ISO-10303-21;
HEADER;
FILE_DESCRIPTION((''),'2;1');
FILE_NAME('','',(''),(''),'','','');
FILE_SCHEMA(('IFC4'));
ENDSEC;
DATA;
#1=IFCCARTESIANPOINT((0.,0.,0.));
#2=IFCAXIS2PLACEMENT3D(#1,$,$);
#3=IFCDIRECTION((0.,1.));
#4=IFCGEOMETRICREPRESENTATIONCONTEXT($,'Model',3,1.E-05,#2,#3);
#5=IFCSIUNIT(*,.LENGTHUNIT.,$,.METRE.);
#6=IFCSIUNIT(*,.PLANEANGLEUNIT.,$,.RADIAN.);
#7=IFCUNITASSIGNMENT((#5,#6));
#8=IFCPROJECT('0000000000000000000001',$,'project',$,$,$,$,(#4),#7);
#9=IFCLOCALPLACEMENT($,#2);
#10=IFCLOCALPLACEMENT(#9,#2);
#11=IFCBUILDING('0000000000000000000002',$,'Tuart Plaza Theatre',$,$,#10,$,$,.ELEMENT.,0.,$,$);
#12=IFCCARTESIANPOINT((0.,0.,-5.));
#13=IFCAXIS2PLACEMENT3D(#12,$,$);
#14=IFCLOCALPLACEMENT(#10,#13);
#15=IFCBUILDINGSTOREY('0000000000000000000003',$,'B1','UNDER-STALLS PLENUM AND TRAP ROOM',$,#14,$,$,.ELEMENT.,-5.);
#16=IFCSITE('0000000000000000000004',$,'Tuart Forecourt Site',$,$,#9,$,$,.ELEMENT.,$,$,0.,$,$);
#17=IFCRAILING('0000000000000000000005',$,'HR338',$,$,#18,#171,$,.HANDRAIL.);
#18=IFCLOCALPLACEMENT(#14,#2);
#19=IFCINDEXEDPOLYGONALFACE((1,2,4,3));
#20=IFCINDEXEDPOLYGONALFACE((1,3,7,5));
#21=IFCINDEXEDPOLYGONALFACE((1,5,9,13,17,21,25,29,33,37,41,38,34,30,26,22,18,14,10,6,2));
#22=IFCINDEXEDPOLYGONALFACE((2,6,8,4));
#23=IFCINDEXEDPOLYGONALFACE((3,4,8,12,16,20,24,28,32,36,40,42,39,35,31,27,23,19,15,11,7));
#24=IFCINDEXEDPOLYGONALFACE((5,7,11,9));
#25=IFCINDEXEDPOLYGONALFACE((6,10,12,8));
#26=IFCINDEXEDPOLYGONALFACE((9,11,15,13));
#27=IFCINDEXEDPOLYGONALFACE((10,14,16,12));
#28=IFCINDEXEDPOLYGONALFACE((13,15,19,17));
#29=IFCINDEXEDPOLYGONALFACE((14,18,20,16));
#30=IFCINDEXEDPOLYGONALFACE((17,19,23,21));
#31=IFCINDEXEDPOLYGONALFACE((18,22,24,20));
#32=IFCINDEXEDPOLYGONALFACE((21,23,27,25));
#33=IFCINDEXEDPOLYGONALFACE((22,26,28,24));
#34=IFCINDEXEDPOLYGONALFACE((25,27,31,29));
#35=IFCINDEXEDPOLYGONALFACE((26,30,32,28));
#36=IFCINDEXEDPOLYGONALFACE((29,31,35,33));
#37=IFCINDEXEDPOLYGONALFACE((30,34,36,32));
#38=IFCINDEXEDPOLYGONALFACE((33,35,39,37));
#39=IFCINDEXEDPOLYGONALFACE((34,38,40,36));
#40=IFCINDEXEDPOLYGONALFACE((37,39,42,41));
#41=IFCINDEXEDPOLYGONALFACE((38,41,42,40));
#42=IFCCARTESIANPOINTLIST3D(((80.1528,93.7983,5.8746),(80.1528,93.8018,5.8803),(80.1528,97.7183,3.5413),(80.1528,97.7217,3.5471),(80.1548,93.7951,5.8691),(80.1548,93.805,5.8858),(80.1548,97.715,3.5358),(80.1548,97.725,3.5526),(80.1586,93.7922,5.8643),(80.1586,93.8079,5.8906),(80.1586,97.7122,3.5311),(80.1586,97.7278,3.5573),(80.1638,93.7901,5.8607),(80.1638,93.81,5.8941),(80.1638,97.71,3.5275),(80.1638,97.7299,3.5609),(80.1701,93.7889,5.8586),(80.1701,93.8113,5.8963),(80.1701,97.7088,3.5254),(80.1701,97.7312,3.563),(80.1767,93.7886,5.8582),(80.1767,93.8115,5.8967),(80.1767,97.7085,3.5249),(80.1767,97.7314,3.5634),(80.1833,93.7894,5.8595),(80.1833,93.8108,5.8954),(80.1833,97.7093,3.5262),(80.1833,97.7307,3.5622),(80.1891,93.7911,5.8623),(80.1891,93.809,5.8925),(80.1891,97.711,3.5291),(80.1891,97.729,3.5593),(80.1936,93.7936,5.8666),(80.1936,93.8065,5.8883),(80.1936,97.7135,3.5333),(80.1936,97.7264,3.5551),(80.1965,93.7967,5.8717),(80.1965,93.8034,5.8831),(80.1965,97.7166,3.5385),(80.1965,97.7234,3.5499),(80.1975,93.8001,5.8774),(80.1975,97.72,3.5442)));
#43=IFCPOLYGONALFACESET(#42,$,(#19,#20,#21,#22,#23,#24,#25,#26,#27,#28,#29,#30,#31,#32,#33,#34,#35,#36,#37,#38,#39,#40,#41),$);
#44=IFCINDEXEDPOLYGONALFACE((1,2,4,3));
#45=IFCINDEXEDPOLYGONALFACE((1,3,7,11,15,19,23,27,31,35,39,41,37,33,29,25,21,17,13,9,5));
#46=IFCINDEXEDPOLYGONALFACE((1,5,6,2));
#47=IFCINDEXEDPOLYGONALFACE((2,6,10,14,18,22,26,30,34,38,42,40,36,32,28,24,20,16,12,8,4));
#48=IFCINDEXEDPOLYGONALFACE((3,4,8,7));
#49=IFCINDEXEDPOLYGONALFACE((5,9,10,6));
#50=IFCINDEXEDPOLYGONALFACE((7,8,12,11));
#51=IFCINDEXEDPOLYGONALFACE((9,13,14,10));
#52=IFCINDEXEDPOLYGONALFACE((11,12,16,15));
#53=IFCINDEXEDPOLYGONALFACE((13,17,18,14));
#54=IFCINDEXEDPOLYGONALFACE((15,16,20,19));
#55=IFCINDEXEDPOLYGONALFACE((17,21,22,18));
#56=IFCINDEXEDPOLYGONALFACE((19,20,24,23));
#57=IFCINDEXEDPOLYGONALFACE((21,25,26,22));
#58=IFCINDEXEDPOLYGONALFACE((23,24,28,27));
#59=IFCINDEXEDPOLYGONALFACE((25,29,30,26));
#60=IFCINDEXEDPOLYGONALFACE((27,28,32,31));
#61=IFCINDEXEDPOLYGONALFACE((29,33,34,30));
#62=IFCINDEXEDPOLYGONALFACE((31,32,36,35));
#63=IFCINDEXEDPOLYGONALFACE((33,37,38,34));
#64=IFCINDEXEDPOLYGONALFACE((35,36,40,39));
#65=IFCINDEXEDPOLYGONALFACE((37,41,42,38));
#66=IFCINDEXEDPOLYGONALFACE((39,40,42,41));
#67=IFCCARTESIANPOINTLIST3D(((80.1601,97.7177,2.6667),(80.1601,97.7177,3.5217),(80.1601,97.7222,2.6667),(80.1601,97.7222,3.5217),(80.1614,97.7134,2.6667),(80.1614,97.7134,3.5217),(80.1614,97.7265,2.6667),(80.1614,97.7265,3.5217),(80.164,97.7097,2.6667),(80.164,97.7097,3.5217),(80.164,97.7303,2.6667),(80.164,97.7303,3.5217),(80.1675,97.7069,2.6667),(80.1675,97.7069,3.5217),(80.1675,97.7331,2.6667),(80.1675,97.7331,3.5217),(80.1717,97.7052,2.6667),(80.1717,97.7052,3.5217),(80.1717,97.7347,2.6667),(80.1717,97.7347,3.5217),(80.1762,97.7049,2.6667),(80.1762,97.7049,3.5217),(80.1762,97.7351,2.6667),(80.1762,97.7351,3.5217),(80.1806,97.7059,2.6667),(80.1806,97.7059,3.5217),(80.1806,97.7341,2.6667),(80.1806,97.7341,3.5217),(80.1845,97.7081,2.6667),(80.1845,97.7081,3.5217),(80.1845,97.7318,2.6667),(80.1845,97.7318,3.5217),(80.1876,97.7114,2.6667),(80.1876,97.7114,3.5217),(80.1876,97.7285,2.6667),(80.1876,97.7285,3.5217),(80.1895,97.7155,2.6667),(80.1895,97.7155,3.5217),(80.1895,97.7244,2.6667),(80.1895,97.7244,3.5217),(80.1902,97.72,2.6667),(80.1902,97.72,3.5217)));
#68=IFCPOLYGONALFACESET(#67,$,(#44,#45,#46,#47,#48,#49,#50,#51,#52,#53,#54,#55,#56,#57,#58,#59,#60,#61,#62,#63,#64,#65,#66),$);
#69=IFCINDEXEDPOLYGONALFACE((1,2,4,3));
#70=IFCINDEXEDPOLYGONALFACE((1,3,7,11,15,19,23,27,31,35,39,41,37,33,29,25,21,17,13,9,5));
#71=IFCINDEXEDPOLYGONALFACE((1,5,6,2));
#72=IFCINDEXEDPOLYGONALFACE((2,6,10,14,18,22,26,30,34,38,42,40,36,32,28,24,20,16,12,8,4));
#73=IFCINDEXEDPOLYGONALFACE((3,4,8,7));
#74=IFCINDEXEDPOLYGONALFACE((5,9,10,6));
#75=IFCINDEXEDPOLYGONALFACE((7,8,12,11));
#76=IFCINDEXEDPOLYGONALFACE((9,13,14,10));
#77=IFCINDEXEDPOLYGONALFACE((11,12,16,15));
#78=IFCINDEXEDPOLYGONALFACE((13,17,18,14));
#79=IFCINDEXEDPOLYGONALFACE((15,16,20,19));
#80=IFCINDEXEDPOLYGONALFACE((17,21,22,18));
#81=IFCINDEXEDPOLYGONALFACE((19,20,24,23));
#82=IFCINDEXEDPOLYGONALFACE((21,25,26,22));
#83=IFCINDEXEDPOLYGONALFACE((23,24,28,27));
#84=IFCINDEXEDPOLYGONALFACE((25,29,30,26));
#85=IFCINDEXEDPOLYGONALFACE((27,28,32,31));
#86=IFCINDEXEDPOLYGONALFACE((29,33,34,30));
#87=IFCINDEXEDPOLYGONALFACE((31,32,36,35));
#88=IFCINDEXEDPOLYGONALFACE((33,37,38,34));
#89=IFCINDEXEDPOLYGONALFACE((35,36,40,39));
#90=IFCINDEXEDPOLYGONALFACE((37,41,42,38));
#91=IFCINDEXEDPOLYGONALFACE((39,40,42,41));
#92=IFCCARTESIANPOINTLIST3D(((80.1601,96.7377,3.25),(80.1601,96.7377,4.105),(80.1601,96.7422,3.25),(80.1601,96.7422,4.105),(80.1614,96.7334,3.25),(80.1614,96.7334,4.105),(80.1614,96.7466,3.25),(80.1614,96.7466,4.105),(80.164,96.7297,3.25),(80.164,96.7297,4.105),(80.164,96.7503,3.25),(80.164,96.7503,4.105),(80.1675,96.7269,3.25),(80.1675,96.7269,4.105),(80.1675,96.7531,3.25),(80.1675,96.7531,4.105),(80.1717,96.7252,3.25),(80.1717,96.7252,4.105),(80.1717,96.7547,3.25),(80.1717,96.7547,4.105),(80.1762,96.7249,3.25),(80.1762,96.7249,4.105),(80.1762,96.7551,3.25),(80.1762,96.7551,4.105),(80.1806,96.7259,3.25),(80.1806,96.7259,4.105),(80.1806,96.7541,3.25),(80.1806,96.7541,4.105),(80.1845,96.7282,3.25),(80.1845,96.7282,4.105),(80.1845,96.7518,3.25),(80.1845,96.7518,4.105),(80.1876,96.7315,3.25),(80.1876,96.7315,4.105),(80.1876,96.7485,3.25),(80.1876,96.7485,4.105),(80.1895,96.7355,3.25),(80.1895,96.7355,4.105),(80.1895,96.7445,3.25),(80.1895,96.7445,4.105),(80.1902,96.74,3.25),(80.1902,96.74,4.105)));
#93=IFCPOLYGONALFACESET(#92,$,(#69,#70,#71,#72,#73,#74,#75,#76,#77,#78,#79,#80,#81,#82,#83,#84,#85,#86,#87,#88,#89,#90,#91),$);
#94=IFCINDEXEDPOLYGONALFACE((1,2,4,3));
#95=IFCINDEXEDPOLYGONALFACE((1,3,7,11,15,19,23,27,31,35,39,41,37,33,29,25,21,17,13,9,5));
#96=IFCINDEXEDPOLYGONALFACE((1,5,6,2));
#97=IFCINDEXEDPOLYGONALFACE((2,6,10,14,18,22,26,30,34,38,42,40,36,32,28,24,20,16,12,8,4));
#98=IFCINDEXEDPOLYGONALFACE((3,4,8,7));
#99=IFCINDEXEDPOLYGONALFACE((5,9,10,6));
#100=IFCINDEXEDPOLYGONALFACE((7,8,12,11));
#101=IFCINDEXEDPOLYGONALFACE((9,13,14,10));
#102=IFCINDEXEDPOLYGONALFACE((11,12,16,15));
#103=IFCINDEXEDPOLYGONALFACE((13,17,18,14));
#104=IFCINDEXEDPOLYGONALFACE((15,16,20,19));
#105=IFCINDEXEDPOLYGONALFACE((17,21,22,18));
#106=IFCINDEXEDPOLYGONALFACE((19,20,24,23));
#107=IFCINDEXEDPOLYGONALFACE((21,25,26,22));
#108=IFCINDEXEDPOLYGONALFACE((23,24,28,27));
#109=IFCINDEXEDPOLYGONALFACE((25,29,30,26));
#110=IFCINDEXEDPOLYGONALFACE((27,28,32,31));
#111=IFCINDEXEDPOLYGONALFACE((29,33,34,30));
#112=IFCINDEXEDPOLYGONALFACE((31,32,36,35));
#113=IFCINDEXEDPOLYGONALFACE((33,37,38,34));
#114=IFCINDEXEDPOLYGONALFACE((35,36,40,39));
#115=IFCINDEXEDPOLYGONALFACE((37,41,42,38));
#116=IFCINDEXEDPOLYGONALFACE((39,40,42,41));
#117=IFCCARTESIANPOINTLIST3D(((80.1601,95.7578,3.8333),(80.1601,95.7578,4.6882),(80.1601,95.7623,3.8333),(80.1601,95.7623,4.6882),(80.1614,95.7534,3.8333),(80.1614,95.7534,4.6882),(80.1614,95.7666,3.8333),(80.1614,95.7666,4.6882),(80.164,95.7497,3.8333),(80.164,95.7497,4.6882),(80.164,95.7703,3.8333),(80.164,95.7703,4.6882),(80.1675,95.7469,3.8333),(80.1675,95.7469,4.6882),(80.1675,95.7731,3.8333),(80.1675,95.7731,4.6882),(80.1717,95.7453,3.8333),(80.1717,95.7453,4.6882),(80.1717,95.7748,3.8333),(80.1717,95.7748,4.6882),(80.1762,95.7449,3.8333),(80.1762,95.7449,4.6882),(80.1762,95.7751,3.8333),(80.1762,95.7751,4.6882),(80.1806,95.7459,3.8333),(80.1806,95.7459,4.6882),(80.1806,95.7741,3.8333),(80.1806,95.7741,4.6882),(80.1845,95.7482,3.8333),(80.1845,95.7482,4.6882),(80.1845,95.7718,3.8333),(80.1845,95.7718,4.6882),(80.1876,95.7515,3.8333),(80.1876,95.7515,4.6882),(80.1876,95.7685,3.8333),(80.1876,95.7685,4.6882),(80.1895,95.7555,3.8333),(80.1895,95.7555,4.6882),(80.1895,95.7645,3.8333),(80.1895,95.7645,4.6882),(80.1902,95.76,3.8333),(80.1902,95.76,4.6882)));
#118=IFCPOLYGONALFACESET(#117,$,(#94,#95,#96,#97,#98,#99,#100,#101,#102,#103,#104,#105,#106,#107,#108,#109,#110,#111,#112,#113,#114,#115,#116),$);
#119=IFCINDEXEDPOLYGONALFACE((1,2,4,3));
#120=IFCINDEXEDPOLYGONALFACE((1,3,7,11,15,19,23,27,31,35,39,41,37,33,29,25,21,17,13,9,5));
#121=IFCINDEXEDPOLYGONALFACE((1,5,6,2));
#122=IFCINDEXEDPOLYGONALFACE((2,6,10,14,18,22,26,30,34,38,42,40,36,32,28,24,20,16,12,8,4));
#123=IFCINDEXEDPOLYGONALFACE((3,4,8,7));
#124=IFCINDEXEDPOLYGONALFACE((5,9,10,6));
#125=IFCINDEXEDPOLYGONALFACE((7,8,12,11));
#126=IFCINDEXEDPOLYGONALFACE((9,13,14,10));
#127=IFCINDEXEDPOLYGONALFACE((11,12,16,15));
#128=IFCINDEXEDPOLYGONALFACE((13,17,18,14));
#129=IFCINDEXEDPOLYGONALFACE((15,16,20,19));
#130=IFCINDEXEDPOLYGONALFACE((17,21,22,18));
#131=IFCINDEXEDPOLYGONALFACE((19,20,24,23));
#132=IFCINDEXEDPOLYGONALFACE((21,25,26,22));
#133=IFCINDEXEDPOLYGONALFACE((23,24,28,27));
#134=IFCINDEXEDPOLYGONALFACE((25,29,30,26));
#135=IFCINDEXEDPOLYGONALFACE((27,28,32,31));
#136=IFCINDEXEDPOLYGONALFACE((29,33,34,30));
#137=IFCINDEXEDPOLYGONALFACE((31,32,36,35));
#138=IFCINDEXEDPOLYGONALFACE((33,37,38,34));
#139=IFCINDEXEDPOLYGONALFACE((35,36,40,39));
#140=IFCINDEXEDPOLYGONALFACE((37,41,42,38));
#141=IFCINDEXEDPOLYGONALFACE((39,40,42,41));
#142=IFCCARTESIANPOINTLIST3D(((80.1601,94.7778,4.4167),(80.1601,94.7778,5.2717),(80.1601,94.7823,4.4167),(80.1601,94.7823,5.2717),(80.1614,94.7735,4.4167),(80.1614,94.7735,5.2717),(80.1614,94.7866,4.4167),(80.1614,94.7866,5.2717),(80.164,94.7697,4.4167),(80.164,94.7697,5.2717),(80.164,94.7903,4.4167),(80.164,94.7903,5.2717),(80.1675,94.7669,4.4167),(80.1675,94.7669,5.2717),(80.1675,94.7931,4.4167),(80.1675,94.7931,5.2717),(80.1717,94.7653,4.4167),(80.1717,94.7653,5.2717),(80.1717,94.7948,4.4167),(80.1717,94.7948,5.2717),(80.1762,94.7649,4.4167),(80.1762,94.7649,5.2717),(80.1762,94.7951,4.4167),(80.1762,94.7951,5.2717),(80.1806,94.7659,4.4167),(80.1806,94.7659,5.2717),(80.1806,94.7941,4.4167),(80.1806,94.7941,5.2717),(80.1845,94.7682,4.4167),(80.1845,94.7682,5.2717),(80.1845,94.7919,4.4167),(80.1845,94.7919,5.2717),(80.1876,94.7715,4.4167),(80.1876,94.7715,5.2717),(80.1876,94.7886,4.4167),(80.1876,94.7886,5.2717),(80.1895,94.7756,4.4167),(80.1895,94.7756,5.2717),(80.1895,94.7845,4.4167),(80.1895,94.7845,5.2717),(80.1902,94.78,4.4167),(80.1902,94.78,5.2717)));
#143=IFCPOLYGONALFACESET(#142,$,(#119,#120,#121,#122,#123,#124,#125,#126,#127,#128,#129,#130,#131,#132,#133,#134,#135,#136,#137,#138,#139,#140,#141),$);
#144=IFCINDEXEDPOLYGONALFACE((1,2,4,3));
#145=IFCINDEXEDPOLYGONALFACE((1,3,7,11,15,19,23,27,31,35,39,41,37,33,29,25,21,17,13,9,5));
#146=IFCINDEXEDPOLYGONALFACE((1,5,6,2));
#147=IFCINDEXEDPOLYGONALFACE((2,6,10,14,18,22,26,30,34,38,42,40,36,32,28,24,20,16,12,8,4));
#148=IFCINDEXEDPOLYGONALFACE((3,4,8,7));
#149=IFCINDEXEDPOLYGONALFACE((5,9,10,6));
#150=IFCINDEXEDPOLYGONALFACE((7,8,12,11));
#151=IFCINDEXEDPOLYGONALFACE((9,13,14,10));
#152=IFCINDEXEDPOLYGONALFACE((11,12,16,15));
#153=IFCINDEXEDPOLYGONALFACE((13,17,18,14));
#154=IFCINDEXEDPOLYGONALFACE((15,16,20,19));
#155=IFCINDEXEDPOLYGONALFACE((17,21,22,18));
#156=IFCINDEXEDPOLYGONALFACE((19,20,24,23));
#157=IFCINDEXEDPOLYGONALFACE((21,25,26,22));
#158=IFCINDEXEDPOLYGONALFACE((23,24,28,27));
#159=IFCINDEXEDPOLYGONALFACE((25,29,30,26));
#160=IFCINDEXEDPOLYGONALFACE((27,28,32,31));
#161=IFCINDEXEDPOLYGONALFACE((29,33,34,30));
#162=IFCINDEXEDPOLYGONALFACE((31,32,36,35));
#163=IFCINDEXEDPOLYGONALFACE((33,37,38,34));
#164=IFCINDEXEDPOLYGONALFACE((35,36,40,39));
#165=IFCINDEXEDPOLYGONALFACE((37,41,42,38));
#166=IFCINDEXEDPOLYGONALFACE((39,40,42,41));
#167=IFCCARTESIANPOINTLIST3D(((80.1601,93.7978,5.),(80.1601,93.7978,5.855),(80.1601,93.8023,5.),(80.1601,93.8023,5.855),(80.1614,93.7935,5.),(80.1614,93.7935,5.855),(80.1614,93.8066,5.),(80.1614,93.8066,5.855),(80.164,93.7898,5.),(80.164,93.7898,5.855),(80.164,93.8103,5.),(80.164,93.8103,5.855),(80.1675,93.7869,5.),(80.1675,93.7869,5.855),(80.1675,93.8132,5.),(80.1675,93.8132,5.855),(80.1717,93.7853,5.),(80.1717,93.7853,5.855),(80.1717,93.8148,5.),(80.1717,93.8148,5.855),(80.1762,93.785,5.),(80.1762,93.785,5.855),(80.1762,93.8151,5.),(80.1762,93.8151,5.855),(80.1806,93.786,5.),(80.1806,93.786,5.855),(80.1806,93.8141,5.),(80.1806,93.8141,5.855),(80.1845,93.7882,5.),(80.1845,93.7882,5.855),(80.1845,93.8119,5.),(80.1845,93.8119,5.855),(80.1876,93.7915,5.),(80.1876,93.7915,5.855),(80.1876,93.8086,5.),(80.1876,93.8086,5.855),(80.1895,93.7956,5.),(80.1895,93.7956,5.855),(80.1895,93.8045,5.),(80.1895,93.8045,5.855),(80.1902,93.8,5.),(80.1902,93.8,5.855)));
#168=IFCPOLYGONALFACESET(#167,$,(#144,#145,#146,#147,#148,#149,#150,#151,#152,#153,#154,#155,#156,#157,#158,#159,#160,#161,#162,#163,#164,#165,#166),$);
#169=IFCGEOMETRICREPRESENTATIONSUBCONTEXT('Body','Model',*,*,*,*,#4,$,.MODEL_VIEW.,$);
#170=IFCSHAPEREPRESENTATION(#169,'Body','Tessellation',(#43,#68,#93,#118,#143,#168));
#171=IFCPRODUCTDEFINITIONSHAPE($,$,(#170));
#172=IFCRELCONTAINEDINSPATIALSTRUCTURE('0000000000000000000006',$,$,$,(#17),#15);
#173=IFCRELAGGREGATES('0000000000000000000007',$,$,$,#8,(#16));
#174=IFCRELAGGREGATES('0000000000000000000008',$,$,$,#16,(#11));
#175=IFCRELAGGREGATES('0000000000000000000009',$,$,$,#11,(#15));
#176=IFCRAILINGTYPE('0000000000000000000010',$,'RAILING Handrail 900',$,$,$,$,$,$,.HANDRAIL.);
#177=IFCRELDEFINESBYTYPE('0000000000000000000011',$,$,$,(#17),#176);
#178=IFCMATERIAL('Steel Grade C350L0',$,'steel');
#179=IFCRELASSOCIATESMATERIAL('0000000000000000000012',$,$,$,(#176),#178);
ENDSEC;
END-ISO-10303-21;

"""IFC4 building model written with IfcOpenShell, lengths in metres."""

from ifc_helpers import new_model, si_unit, direction, frame, origin, origin_2d, place, context, subcontext, project, spatial, circle, extrude, material, type_object, element, save


model = new_model("IFC4")

# Units and contexts
model_context = context("Model", 3, precision=1e-05, world=origin(), true_north=direction((0.0, 1.0)))
body_context = subcontext(model_context, "Body", "Model", "MODEL_VIEW")
ifc_project = project(units=[si_unit("LENGTHUNIT", "METRE"), si_unit("PLANEANGLEUNIT", "RADIAN")], contexts=[model_context])

# Site, building, storey
site_placement = place(None, origin())
site = spatial("IfcSite", under=ifc_project, at=site_placement, Name="Tuart Forecourt Site", CompositionType="ELEMENT", RefElevation=0.0)
building_placement = place(site_placement, origin())
building = spatial("IfcBuilding", under=site, at=building_placement, Name="Tuart Plaza Theatre", CompositionType="ELEMENT", ElevationOfRefHeight=0.0)
storey_placement = place(building_placement, frame((0.0, 0.0, -5.0)))
storey = spatial("IfcBuildingStorey", under=building, at=storey_placement, Name="B1", Description="UNDER-STALLS PLENUM AND TRAP ROOM", CompositionType="ELEMENT", Elevation=-5.0)

# Railing
ifc_material_1 = material(Name="Steel Grade C350L0", Category="steel")
railing_type_1 = type_object("IfcRailingType", Name="RAILING Handrail 900", PredefinedType="HANDRAIL", material=ifc_material_1)
for number, where, name in (
    (1, (80.175, 97.72, 2.6667), "HR338"),
):
    element("IfcRailing", number, at=place(storey_placement, frame(where)), inside=storey, type_object=railing_type_1, Name=name, PredefinedType="HANDRAIL", context=body_context, shape_type="SweptSolid", body=[
        extrude(circle(Radius=0.0225, at=origin_2d()), frame((0.0, 0.0, 0.8774), z_axis=(0.0, -0.859296, 0.511478), x_axis=(1.0, 0.0, 0.0)), (0.0, 0.0, 1.0), 4.5618),
        extrude(circle(Radius=0.0151, at=origin_2d()), origin(), (0.0, 0.0, 1.0), 0.855),
        extrude(circle(Radius=0.0151, at=origin_2d()), frame((0.0, -0.98, 0.5833)), (0.0, 0.0, 1.0), 0.855),
        extrude(circle(Radius=0.0151, at=origin_2d()), frame((0.0, -1.96, 1.1665)), (0.0, 0.0, 1.0), 0.855),
        extrude(circle(Radius=0.0151, at=origin_2d()), frame((0.0, -2.9399, 1.75)), (0.0, 0.0, 1.0), 0.855),
        extrude(circle(Radius=0.0151, at=origin_2d()), frame((0.0, -3.9199, 2.3333)), (0.0, 0.0, 1.0), 0.855),
    ])

save(model, "model.ifc")
